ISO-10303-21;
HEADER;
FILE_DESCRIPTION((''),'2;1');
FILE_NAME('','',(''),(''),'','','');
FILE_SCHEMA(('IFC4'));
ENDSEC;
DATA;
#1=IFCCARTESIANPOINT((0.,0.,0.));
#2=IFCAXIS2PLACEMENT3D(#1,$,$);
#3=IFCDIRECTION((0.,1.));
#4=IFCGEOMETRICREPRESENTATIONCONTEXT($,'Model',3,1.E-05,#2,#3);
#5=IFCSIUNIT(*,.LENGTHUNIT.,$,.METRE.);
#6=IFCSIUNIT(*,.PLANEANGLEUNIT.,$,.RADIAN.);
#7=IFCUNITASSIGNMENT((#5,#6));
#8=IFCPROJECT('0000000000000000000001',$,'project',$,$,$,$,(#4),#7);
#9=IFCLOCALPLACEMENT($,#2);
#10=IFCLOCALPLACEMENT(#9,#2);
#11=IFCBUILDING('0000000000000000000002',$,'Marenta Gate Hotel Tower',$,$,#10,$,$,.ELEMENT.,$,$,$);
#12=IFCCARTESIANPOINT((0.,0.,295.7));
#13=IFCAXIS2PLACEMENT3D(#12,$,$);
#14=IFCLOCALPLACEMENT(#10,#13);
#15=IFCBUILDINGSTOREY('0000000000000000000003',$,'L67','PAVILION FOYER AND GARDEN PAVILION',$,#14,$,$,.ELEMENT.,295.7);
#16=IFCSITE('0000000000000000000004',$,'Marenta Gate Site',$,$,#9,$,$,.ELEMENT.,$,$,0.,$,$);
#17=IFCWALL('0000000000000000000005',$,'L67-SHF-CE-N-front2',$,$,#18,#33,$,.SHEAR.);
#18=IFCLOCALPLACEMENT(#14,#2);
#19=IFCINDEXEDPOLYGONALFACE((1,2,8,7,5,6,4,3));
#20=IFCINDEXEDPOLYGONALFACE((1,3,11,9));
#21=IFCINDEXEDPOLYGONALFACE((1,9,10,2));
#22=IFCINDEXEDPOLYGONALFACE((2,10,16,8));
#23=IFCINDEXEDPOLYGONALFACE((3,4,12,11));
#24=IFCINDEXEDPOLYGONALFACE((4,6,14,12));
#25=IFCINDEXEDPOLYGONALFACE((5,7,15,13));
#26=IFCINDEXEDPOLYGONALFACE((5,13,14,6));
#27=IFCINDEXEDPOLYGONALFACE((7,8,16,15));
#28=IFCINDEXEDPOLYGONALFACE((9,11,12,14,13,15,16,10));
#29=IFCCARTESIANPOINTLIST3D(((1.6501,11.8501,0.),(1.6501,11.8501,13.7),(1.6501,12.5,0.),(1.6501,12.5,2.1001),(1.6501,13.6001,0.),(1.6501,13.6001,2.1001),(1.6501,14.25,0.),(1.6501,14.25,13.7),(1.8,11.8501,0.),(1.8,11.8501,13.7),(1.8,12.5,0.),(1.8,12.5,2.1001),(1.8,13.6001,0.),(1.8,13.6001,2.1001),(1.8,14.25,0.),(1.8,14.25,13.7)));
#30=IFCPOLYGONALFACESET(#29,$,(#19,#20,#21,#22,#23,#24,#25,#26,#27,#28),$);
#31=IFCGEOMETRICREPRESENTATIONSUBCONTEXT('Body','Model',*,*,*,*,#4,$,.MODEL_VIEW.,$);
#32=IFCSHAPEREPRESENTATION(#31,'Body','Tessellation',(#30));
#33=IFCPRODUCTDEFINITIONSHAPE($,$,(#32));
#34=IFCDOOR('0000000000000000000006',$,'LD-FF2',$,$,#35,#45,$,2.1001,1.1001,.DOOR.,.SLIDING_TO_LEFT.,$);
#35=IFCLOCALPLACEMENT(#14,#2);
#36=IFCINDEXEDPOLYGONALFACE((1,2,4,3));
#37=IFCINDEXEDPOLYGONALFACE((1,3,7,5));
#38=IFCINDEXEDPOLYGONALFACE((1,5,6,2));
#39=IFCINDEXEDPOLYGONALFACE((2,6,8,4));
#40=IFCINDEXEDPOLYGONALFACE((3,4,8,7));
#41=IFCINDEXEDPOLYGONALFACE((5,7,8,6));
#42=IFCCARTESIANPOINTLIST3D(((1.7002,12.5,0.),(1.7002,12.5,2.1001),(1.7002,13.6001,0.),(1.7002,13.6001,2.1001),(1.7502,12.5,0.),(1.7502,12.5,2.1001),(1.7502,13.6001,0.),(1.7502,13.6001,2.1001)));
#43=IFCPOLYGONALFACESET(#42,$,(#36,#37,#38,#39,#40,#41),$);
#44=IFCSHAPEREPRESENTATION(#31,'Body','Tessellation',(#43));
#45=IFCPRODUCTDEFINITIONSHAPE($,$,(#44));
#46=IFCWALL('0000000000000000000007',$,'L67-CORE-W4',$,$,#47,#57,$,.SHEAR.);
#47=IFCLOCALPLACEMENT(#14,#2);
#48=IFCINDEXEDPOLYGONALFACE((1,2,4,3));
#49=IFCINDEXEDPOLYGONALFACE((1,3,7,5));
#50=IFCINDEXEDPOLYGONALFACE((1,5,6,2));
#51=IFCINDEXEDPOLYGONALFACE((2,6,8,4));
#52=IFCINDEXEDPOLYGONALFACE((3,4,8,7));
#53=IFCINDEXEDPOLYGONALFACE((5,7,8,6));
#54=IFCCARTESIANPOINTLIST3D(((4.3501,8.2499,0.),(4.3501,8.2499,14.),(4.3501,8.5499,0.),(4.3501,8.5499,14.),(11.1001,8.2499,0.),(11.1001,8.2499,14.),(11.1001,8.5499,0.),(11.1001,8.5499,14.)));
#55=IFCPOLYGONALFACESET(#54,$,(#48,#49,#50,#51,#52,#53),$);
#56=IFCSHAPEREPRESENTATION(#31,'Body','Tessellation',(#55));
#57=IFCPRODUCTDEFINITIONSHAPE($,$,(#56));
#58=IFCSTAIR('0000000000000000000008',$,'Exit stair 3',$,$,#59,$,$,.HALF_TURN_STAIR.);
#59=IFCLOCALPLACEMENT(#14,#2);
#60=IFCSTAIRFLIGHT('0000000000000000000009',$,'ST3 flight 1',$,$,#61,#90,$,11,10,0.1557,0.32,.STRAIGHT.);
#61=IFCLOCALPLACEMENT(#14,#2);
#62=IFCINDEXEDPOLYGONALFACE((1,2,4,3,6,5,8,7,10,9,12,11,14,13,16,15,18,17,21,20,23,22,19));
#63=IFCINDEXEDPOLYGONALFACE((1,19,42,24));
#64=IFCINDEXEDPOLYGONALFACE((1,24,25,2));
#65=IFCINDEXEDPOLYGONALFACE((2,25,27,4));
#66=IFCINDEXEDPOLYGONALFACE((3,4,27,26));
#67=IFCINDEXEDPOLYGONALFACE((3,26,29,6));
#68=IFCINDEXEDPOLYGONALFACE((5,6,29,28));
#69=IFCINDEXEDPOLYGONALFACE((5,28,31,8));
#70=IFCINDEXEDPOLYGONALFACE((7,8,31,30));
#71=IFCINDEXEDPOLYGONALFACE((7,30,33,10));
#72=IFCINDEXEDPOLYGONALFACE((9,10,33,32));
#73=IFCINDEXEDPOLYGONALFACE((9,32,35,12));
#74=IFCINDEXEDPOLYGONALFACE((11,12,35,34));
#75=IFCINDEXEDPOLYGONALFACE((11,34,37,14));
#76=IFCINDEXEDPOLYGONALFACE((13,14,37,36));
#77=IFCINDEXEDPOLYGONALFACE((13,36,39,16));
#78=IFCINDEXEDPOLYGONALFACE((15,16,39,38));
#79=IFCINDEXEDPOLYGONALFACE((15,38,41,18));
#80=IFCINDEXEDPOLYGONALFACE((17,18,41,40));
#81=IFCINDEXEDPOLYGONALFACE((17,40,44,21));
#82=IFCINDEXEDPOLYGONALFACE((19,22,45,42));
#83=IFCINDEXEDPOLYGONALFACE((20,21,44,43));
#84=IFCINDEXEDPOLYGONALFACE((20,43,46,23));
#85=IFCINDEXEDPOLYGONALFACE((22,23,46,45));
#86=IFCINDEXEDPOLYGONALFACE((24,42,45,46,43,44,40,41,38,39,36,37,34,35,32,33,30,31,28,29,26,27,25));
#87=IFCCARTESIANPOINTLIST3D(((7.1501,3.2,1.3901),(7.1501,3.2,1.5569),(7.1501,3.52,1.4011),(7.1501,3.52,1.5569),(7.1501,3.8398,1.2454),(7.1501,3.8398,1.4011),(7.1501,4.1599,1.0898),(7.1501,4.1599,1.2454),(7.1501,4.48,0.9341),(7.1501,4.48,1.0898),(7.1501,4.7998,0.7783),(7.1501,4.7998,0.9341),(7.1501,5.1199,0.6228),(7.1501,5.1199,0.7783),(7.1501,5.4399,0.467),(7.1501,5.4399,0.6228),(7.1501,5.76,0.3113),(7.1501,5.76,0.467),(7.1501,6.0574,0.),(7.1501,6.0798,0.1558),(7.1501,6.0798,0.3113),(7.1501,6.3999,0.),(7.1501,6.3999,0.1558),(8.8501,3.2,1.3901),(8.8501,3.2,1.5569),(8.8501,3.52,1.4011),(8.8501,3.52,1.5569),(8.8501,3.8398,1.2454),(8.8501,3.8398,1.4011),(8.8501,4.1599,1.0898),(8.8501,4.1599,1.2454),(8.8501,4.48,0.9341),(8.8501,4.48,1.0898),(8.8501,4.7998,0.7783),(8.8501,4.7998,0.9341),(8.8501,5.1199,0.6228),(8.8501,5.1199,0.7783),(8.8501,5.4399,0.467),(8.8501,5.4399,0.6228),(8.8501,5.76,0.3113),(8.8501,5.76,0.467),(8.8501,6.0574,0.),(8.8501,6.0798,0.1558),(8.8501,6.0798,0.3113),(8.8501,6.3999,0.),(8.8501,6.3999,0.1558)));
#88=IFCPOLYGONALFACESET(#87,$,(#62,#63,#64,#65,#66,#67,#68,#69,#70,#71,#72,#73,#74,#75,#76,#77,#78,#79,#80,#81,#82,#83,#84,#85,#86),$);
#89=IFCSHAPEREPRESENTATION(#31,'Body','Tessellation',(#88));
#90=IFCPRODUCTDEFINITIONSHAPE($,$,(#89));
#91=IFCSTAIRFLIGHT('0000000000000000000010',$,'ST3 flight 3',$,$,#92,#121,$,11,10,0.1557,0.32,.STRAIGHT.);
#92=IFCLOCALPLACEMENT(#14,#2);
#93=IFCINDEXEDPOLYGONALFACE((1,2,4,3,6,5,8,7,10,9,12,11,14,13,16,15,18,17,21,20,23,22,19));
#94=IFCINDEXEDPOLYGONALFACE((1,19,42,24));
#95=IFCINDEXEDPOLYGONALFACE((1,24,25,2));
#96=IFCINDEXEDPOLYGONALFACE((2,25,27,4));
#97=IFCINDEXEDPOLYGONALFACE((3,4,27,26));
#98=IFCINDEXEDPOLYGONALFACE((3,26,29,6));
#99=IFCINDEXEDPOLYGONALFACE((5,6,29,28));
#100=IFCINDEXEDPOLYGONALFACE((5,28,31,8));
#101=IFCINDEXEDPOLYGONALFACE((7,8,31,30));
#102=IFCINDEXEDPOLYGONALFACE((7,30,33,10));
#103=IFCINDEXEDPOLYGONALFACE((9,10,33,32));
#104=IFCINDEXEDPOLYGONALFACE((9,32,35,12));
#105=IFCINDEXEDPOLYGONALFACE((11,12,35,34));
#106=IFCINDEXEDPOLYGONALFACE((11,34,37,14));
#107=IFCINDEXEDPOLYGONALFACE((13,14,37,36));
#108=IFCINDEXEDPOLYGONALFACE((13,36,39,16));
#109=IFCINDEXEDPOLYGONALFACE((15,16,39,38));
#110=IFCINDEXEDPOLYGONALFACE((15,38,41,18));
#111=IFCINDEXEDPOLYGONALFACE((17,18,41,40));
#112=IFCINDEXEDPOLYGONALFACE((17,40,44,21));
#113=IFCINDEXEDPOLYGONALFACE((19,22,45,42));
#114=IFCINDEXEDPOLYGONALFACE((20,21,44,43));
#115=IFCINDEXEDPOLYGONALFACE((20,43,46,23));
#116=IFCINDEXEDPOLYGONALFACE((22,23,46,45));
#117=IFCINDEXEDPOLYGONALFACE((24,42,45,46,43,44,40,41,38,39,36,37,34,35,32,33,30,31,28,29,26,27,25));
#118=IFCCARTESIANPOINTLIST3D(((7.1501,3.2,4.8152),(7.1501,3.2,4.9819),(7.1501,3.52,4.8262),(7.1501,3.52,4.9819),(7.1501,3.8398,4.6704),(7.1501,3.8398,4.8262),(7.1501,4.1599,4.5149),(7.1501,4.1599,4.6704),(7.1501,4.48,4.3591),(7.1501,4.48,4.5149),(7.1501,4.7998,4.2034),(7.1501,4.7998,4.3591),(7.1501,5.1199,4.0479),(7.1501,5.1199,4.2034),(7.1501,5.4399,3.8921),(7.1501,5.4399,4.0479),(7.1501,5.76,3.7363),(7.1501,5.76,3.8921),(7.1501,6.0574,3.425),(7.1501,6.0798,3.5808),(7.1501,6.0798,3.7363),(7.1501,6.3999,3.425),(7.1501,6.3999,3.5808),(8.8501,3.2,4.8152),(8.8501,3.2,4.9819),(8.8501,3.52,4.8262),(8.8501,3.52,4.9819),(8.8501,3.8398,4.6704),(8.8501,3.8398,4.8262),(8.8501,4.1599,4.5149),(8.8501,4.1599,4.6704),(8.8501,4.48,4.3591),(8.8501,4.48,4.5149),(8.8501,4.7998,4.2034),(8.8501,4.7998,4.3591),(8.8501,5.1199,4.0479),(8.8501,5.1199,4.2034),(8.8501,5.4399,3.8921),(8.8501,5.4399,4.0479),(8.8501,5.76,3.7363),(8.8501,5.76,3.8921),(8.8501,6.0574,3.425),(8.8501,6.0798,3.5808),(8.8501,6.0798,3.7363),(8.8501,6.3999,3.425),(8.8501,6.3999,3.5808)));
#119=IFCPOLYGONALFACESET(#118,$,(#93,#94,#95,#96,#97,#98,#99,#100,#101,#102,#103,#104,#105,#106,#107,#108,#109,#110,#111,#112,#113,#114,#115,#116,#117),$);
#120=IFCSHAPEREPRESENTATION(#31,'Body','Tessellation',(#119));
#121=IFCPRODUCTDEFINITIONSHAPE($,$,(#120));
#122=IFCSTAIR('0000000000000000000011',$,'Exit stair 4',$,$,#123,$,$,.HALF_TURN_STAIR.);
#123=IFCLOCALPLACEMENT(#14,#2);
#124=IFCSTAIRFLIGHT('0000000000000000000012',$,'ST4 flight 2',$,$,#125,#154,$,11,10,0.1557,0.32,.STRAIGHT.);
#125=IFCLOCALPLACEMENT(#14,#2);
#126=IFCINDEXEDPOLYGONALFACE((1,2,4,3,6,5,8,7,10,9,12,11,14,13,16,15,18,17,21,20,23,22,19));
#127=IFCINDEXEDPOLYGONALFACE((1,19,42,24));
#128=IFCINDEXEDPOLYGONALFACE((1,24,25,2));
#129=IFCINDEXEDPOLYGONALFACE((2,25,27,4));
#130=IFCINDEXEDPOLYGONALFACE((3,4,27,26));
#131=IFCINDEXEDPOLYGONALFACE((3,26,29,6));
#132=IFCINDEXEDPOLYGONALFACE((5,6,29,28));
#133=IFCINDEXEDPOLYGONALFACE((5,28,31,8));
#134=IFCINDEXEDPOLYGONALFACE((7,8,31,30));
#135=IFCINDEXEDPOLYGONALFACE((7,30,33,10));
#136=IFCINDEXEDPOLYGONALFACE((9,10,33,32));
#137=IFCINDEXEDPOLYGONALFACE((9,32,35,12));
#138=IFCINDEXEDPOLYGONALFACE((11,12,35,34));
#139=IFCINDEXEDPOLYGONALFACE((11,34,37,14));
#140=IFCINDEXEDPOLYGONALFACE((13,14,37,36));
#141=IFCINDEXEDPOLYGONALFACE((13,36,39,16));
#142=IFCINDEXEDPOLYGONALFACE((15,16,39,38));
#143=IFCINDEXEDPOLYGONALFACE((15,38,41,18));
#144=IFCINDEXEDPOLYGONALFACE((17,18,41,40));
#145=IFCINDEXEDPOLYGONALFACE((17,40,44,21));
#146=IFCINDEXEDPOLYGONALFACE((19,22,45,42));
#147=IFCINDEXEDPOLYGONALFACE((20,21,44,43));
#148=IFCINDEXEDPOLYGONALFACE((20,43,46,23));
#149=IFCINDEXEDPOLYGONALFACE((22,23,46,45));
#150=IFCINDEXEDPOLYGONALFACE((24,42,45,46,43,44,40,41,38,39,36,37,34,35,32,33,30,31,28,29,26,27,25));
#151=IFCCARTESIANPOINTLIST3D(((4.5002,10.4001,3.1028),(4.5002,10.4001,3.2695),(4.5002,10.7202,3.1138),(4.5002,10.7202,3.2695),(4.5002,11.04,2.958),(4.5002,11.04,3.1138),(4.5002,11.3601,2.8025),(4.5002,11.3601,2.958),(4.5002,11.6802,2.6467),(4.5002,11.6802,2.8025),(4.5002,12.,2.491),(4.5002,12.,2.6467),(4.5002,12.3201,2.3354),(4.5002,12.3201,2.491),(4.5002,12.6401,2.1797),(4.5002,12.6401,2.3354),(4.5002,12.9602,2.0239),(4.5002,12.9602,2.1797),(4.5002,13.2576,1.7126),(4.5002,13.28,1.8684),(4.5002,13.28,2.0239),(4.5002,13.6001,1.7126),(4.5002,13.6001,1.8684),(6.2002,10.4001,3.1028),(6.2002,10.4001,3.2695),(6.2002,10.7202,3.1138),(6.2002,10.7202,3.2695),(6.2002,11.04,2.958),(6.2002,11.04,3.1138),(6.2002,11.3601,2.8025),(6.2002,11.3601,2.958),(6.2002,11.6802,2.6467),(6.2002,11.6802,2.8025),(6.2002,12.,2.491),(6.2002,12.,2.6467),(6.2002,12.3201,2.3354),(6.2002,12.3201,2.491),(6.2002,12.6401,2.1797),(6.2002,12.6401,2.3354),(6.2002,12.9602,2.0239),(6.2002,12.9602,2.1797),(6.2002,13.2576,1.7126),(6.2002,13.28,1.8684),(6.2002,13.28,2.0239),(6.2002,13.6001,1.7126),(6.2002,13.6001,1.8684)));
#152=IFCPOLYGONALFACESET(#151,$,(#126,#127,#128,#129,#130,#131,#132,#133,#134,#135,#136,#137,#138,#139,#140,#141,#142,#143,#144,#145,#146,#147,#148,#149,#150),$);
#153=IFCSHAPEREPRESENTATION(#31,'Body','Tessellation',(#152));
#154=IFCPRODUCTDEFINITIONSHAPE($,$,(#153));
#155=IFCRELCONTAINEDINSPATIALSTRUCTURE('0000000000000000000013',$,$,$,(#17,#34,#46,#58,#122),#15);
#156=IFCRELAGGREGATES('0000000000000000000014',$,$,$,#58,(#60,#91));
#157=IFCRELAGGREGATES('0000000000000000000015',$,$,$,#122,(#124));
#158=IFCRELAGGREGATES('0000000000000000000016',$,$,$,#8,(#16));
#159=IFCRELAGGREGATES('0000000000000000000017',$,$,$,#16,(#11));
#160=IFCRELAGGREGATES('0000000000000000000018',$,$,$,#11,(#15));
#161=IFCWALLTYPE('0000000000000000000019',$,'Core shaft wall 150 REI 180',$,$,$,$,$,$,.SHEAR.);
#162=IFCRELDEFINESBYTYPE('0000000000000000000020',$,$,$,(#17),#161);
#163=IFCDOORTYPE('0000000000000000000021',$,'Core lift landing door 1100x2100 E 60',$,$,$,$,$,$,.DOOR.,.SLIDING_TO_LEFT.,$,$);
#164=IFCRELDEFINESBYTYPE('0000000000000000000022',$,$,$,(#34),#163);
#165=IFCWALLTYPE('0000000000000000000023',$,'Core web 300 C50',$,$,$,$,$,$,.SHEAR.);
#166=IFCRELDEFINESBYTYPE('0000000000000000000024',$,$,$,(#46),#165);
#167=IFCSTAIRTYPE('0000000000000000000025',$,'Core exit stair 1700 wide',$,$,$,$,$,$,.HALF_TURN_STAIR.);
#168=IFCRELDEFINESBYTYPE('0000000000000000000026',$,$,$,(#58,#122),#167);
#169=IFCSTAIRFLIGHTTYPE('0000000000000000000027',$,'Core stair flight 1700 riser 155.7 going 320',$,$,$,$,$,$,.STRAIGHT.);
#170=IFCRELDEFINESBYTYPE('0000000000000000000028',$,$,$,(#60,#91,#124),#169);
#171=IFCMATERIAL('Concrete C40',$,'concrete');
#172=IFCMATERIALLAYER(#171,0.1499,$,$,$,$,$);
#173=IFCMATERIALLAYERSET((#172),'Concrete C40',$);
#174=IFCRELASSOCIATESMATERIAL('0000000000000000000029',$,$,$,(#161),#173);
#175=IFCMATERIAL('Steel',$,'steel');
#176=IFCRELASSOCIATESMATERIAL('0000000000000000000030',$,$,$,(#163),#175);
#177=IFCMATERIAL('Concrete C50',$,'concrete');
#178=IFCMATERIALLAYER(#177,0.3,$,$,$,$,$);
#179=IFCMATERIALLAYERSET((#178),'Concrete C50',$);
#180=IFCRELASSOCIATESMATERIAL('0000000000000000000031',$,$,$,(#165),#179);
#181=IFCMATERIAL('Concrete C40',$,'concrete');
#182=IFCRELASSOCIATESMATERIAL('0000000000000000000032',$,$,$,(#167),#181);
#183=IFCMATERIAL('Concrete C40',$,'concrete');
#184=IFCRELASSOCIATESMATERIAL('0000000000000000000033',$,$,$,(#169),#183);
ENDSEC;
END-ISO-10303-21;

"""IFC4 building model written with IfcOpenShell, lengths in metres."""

from ifc_helpers import new_model, si_unit, direction, frame, frame_2d, origin, place, context, subcontext, project, spatial, polyline, rectangle, outline, extrude, material, layer, layer_set, type_object, element, fill, aggregate, save


model = new_model("IFC4")

# Units and contexts
model_context = context("Model", 3, precision=1e-05, world=origin(), true_north=direction((0.0, 1.0)))
body_context = subcontext(model_context, "Body", "Model", "MODEL_VIEW")
ifc_project = project(units=[si_unit("LENGTHUNIT", "METRE"), si_unit("PLANEANGLEUNIT", "RADIAN")], contexts=[model_context])

# Site, building, storey
site_placement = place(None, origin())
site = spatial("IfcSite", under=ifc_project, at=site_placement, Name="Marenta Gate Site", CompositionType="ELEMENT", RefElevation=0.0)
building_placement = place(site_placement, origin())
building = spatial("IfcBuilding", under=site, at=building_placement, Name="Marenta Gate Hotel Tower", CompositionType="ELEMENT")
storey_placement = place(building_placement, frame((0.0, 0.0, 295.7)))
storey = spatial("IfcBuildingStorey", under=building, at=storey_placement, Name="L67", Description="PAVILION FOYER AND GARDEN PAVILION", CompositionType="ELEMENT", Elevation=295.7)

# Wall, opening, door
ifc_material_1 = material(Name="Concrete C40", Category="concrete")
ifc_layer_1 = layer(ifc_material_1, 0.1499)
ifc_layer_set_1 = layer_set([ifc_layer_1], Name="Concrete C40")
wall_type_1 = type_object("IfcWallType", Name="Core shaft wall 150 REI 180", PredefinedType="SHEAR", material=ifc_layer_set_1)
wall_1_placement = place(storey_placement, frame((1.7251, 11.8501, 0.0), z_axis=(0.0, 0.0, 1.0), x_axis=(0.0, 1.0, 0.0)))
wall_1 = element("IfcWall", 1, at=wall_1_placement, inside=storey, type_object=wall_type_1, Name="L67-SHF-CE-N-front2", PredefinedType="SHEAR", context=body_context, shape_type="SweptSolid", body=[
    extrude(rectangle(XDim=2.3999, YDim=0.1499, at=frame_2d((1.2, 0.0))), origin(), (0.0, 0.0, 1.0), 13.7),
])
opening_1_placement = place(wall_1_placement, frame((0.6499, 0.0, 0.0)))
opening_1 = element("IfcOpeningElement", 2, at=opening_1_placement, cuts=wall_1, PredefinedType="OPENING", context=body_context, shape_type="SweptSolid", body=[
    extrude(rectangle(XDim=1.1001, YDim=2.1001, at=frame_2d((0.55, 1.05))), frame((0.0, 0.075, 0.0), z_axis=(0.0, -1.0, 0.0), x_axis=(1.0, 0.0, 0.0)), (0.0, 0.0, 1.0), 0.1499),
])
ifc_material_2 = material(Name="Steel", Category="steel")
door_type_1 = type_object("IfcDoorType", Name="Core lift landing door 1100x2100 E 60", OperationType="SLIDING_TO_LEFT", PredefinedType="DOOR", material=ifc_material_2)
door_1_placement = place(opening_1_placement, origin())
door_1 = element("IfcDoor", 3, at=door_1_placement, inside=storey, type_object=door_type_1, Name="LD-FF2", OperationType="SLIDING_TO_LEFT", OverallHeight=2.1001, OverallWidth=1.1001, PredefinedType="DOOR", context=body_context, shape_type="SweptSolid", body=[
    extrude(rectangle(XDim=1.1001, YDim=2.1001, at=frame_2d((0.55, 1.05))), frame((0.0, 0.0249, 0.0), z_axis=(0.0, -1.0, 0.0), x_axis=(1.0, 0.0, 0.0)), (0.0, 0.0, 1.0), 0.05),
])
fill(opening_1, door_1)

# Wall
ifc_material_3 = material(Name="Concrete C50", Category="concrete")
ifc_layer_2 = layer(ifc_material_3, 0.3)
ifc_layer_set_2 = layer_set([ifc_layer_2], Name="Concrete C50")
wall_type_2 = type_object("IfcWallType", Name="Core web 300 C50", PredefinedType="SHEAR", material=ifc_layer_set_2)
wall_2_placement = place(storey_placement, frame((4.3501, 8.3999, 0.0), z_axis=(0.0, 0.0, 1.0), x_axis=(1.0, 0.0, 0.0)))
element("IfcWall", 4, at=wall_2_placement, inside=storey, type_object=wall_type_2, Name="L67-CORE-W4", PredefinedType="SHEAR", context=body_context, shape_type="SweptSolid", body=[
    extrude(rectangle(XDim=6.75, YDim=0.3, at=frame_2d((3.375, 0.0))), origin(), (0.0, 0.0, 1.0), 14.0),
])

# Stairs, stair flights
ifc_material_4 = material(Name="Concrete C40", Category="concrete")
stair_type = type_object("IfcStairType", Name="Core exit stair 1700 wide", PredefinedType="HALF_TURN_STAIR", material=ifc_material_4)
stair_1_placement = place(storey_placement, origin())
stair_1 = element("IfcStair", 5, at=stair_1_placement, inside=storey, type_object=stair_type, Name="Exit stair 3", PredefinedType="HALF_TURN_STAIR")
ifc_material_5 = material(Name="Concrete C40", Category="concrete")
stair_flight_type = type_object("IfcStairFlightType", Name="Core stair flight 1700 riser 155.7 going 320", PredefinedType="STRAIGHT", material=ifc_material_5)
stair_flight_1_placement = place(storey_placement, frame((8.0, 6.3999, 0.0), z_axis=(0.0, 0.0, 1.0), x_axis=(0.0, -1.0, 0.0)))
stair_flight_1 = element("IfcStairFlight", 6, at=stair_flight_1_placement, type_object=stair_flight_type, Name="ST3 flight 1", NumberOfRisers=11, NumberOfTreads=10, PredefinedType="STRAIGHT", RiserHeight=0.1557, TreadLength=0.32, context=body_context, shape_type="SweptSolid", body=[
    extrude(outline(polyline([(0.0, 0.0), (0.0, 0.1558), (0.3201, 0.1558), (0.3201, 0.3113), (0.6399, 0.3113), (0.6399, 0.467), (0.96, 0.467), (0.96, 0.6228), (1.28, 0.6228), (1.28, 0.7783), (1.6001, 0.7783), (1.6001, 0.9341), (1.9199, 0.9341), (1.9199, 1.0898), (2.24, 1.0898), (2.24, 1.2454), (2.5601, 1.2454), (2.5601, 1.4011), (2.8799, 1.4011), (2.8799, 1.5569), (3.2, 1.5569), (3.2, 1.7124), (3.2, 1.3901), (0.3425, 0.0), (0.0, 0.0)])), frame((0.0, 0.8501, 0.0), z_axis=(0.0, -1.0, 0.0), x_axis=(1.0, 0.0, 0.0)), (0.0, 0.0, 1.0), 1.7),
])
stair_flight_2_placement = place(storey_placement, frame((8.0, 6.3999, 3.425), z_axis=(0.0, 0.0, 1.0), x_axis=(0.0, -1.0, 0.0)))
stair_flight_2 = element("IfcStairFlight", 7, at=stair_flight_2_placement, type_object=stair_flight_type, Name="ST3 flight 3", NumberOfRisers=11, NumberOfTreads=10, PredefinedType="STRAIGHT", RiserHeight=0.1557, TreadLength=0.32, context=body_context, shape_type="SweptSolid", body=[
    extrude(outline(polyline([(0.0, 0.0), (0.0, 0.1558), (0.3201, 0.1558), (0.3201, 0.3113), (0.6399, 0.3113), (0.6399, 0.467), (0.96, 0.467), (0.96, 0.6228), (1.28, 0.6228), (1.28, 0.7783), (1.6001, 0.7783), (1.6001, 0.9341), (1.9199, 0.9341), (1.9199, 1.0898), (2.24, 1.0898), (2.24, 1.2454), (2.5601, 1.2454), (2.5601, 1.4011), (2.8799, 1.4011), (2.8799, 1.5569), (3.2, 1.5569), (3.2, 1.7124), (3.2, 1.3901), (0.3425, 0.0), (0.0, 0.0)])), frame((0.0, 0.8501, 0.0), z_axis=(0.0, -1.0, 0.0), x_axis=(1.0, 0.0, 0.0)), (0.0, 0.0, 1.0), 1.7),
])
aggregate(stair_1, [stair_flight_1, stair_flight_2])
stair_2_placement = place(storey_placement, origin())
stair_2 = element("IfcStair", 8, at=stair_2_placement, inside=storey, type_object=stair_type, Name="Exit stair 4", PredefinedType="HALF_TURN_STAIR")
stair_flight_3_placement = place(storey_placement, frame((5.3501, 13.6001, 1.7126), z_axis=(0.0, 0.0, 1.0), x_axis=(0.0, -1.0, 0.0)))
stair_flight_3 = element("IfcStairFlight", 9, at=stair_flight_3_placement, type_object=stair_flight_type, Name="ST4 flight 2", NumberOfRisers=11, NumberOfTreads=10, PredefinedType="STRAIGHT", RiserHeight=0.1557, TreadLength=0.32, context=body_context, shape_type="SweptSolid", body=[
    extrude(outline(polyline([(0.0, 0.0), (0.0, 0.1558), (0.3201, 0.1558), (0.3201, 0.3113), (0.6399, 0.3113), (0.6399, 0.467), (0.96, 0.467), (0.96, 0.6228), (1.28, 0.6228), (1.28, 0.7783), (1.6001, 0.7783), (1.6001, 0.9341), (1.9199, 0.9341), (1.9199, 1.0898), (2.24, 1.0898), (2.24, 1.2454), (2.5601, 1.2454), (2.5601, 1.4011), (2.8799, 1.4011), (2.8799, 1.5569), (3.2, 1.5569), (3.2, 1.7124), (3.2, 1.3901), (0.3425, 0.0), (0.0, 0.0)])), frame((0.0, 0.8501, 0.0), z_axis=(0.0, -1.0, 0.0), x_axis=(1.0, 0.0, 0.0)), (0.0, 0.0, 1.0), 1.7),
])
aggregate(stair_2, [stair_flight_3])

save(model, "model.ifc")
